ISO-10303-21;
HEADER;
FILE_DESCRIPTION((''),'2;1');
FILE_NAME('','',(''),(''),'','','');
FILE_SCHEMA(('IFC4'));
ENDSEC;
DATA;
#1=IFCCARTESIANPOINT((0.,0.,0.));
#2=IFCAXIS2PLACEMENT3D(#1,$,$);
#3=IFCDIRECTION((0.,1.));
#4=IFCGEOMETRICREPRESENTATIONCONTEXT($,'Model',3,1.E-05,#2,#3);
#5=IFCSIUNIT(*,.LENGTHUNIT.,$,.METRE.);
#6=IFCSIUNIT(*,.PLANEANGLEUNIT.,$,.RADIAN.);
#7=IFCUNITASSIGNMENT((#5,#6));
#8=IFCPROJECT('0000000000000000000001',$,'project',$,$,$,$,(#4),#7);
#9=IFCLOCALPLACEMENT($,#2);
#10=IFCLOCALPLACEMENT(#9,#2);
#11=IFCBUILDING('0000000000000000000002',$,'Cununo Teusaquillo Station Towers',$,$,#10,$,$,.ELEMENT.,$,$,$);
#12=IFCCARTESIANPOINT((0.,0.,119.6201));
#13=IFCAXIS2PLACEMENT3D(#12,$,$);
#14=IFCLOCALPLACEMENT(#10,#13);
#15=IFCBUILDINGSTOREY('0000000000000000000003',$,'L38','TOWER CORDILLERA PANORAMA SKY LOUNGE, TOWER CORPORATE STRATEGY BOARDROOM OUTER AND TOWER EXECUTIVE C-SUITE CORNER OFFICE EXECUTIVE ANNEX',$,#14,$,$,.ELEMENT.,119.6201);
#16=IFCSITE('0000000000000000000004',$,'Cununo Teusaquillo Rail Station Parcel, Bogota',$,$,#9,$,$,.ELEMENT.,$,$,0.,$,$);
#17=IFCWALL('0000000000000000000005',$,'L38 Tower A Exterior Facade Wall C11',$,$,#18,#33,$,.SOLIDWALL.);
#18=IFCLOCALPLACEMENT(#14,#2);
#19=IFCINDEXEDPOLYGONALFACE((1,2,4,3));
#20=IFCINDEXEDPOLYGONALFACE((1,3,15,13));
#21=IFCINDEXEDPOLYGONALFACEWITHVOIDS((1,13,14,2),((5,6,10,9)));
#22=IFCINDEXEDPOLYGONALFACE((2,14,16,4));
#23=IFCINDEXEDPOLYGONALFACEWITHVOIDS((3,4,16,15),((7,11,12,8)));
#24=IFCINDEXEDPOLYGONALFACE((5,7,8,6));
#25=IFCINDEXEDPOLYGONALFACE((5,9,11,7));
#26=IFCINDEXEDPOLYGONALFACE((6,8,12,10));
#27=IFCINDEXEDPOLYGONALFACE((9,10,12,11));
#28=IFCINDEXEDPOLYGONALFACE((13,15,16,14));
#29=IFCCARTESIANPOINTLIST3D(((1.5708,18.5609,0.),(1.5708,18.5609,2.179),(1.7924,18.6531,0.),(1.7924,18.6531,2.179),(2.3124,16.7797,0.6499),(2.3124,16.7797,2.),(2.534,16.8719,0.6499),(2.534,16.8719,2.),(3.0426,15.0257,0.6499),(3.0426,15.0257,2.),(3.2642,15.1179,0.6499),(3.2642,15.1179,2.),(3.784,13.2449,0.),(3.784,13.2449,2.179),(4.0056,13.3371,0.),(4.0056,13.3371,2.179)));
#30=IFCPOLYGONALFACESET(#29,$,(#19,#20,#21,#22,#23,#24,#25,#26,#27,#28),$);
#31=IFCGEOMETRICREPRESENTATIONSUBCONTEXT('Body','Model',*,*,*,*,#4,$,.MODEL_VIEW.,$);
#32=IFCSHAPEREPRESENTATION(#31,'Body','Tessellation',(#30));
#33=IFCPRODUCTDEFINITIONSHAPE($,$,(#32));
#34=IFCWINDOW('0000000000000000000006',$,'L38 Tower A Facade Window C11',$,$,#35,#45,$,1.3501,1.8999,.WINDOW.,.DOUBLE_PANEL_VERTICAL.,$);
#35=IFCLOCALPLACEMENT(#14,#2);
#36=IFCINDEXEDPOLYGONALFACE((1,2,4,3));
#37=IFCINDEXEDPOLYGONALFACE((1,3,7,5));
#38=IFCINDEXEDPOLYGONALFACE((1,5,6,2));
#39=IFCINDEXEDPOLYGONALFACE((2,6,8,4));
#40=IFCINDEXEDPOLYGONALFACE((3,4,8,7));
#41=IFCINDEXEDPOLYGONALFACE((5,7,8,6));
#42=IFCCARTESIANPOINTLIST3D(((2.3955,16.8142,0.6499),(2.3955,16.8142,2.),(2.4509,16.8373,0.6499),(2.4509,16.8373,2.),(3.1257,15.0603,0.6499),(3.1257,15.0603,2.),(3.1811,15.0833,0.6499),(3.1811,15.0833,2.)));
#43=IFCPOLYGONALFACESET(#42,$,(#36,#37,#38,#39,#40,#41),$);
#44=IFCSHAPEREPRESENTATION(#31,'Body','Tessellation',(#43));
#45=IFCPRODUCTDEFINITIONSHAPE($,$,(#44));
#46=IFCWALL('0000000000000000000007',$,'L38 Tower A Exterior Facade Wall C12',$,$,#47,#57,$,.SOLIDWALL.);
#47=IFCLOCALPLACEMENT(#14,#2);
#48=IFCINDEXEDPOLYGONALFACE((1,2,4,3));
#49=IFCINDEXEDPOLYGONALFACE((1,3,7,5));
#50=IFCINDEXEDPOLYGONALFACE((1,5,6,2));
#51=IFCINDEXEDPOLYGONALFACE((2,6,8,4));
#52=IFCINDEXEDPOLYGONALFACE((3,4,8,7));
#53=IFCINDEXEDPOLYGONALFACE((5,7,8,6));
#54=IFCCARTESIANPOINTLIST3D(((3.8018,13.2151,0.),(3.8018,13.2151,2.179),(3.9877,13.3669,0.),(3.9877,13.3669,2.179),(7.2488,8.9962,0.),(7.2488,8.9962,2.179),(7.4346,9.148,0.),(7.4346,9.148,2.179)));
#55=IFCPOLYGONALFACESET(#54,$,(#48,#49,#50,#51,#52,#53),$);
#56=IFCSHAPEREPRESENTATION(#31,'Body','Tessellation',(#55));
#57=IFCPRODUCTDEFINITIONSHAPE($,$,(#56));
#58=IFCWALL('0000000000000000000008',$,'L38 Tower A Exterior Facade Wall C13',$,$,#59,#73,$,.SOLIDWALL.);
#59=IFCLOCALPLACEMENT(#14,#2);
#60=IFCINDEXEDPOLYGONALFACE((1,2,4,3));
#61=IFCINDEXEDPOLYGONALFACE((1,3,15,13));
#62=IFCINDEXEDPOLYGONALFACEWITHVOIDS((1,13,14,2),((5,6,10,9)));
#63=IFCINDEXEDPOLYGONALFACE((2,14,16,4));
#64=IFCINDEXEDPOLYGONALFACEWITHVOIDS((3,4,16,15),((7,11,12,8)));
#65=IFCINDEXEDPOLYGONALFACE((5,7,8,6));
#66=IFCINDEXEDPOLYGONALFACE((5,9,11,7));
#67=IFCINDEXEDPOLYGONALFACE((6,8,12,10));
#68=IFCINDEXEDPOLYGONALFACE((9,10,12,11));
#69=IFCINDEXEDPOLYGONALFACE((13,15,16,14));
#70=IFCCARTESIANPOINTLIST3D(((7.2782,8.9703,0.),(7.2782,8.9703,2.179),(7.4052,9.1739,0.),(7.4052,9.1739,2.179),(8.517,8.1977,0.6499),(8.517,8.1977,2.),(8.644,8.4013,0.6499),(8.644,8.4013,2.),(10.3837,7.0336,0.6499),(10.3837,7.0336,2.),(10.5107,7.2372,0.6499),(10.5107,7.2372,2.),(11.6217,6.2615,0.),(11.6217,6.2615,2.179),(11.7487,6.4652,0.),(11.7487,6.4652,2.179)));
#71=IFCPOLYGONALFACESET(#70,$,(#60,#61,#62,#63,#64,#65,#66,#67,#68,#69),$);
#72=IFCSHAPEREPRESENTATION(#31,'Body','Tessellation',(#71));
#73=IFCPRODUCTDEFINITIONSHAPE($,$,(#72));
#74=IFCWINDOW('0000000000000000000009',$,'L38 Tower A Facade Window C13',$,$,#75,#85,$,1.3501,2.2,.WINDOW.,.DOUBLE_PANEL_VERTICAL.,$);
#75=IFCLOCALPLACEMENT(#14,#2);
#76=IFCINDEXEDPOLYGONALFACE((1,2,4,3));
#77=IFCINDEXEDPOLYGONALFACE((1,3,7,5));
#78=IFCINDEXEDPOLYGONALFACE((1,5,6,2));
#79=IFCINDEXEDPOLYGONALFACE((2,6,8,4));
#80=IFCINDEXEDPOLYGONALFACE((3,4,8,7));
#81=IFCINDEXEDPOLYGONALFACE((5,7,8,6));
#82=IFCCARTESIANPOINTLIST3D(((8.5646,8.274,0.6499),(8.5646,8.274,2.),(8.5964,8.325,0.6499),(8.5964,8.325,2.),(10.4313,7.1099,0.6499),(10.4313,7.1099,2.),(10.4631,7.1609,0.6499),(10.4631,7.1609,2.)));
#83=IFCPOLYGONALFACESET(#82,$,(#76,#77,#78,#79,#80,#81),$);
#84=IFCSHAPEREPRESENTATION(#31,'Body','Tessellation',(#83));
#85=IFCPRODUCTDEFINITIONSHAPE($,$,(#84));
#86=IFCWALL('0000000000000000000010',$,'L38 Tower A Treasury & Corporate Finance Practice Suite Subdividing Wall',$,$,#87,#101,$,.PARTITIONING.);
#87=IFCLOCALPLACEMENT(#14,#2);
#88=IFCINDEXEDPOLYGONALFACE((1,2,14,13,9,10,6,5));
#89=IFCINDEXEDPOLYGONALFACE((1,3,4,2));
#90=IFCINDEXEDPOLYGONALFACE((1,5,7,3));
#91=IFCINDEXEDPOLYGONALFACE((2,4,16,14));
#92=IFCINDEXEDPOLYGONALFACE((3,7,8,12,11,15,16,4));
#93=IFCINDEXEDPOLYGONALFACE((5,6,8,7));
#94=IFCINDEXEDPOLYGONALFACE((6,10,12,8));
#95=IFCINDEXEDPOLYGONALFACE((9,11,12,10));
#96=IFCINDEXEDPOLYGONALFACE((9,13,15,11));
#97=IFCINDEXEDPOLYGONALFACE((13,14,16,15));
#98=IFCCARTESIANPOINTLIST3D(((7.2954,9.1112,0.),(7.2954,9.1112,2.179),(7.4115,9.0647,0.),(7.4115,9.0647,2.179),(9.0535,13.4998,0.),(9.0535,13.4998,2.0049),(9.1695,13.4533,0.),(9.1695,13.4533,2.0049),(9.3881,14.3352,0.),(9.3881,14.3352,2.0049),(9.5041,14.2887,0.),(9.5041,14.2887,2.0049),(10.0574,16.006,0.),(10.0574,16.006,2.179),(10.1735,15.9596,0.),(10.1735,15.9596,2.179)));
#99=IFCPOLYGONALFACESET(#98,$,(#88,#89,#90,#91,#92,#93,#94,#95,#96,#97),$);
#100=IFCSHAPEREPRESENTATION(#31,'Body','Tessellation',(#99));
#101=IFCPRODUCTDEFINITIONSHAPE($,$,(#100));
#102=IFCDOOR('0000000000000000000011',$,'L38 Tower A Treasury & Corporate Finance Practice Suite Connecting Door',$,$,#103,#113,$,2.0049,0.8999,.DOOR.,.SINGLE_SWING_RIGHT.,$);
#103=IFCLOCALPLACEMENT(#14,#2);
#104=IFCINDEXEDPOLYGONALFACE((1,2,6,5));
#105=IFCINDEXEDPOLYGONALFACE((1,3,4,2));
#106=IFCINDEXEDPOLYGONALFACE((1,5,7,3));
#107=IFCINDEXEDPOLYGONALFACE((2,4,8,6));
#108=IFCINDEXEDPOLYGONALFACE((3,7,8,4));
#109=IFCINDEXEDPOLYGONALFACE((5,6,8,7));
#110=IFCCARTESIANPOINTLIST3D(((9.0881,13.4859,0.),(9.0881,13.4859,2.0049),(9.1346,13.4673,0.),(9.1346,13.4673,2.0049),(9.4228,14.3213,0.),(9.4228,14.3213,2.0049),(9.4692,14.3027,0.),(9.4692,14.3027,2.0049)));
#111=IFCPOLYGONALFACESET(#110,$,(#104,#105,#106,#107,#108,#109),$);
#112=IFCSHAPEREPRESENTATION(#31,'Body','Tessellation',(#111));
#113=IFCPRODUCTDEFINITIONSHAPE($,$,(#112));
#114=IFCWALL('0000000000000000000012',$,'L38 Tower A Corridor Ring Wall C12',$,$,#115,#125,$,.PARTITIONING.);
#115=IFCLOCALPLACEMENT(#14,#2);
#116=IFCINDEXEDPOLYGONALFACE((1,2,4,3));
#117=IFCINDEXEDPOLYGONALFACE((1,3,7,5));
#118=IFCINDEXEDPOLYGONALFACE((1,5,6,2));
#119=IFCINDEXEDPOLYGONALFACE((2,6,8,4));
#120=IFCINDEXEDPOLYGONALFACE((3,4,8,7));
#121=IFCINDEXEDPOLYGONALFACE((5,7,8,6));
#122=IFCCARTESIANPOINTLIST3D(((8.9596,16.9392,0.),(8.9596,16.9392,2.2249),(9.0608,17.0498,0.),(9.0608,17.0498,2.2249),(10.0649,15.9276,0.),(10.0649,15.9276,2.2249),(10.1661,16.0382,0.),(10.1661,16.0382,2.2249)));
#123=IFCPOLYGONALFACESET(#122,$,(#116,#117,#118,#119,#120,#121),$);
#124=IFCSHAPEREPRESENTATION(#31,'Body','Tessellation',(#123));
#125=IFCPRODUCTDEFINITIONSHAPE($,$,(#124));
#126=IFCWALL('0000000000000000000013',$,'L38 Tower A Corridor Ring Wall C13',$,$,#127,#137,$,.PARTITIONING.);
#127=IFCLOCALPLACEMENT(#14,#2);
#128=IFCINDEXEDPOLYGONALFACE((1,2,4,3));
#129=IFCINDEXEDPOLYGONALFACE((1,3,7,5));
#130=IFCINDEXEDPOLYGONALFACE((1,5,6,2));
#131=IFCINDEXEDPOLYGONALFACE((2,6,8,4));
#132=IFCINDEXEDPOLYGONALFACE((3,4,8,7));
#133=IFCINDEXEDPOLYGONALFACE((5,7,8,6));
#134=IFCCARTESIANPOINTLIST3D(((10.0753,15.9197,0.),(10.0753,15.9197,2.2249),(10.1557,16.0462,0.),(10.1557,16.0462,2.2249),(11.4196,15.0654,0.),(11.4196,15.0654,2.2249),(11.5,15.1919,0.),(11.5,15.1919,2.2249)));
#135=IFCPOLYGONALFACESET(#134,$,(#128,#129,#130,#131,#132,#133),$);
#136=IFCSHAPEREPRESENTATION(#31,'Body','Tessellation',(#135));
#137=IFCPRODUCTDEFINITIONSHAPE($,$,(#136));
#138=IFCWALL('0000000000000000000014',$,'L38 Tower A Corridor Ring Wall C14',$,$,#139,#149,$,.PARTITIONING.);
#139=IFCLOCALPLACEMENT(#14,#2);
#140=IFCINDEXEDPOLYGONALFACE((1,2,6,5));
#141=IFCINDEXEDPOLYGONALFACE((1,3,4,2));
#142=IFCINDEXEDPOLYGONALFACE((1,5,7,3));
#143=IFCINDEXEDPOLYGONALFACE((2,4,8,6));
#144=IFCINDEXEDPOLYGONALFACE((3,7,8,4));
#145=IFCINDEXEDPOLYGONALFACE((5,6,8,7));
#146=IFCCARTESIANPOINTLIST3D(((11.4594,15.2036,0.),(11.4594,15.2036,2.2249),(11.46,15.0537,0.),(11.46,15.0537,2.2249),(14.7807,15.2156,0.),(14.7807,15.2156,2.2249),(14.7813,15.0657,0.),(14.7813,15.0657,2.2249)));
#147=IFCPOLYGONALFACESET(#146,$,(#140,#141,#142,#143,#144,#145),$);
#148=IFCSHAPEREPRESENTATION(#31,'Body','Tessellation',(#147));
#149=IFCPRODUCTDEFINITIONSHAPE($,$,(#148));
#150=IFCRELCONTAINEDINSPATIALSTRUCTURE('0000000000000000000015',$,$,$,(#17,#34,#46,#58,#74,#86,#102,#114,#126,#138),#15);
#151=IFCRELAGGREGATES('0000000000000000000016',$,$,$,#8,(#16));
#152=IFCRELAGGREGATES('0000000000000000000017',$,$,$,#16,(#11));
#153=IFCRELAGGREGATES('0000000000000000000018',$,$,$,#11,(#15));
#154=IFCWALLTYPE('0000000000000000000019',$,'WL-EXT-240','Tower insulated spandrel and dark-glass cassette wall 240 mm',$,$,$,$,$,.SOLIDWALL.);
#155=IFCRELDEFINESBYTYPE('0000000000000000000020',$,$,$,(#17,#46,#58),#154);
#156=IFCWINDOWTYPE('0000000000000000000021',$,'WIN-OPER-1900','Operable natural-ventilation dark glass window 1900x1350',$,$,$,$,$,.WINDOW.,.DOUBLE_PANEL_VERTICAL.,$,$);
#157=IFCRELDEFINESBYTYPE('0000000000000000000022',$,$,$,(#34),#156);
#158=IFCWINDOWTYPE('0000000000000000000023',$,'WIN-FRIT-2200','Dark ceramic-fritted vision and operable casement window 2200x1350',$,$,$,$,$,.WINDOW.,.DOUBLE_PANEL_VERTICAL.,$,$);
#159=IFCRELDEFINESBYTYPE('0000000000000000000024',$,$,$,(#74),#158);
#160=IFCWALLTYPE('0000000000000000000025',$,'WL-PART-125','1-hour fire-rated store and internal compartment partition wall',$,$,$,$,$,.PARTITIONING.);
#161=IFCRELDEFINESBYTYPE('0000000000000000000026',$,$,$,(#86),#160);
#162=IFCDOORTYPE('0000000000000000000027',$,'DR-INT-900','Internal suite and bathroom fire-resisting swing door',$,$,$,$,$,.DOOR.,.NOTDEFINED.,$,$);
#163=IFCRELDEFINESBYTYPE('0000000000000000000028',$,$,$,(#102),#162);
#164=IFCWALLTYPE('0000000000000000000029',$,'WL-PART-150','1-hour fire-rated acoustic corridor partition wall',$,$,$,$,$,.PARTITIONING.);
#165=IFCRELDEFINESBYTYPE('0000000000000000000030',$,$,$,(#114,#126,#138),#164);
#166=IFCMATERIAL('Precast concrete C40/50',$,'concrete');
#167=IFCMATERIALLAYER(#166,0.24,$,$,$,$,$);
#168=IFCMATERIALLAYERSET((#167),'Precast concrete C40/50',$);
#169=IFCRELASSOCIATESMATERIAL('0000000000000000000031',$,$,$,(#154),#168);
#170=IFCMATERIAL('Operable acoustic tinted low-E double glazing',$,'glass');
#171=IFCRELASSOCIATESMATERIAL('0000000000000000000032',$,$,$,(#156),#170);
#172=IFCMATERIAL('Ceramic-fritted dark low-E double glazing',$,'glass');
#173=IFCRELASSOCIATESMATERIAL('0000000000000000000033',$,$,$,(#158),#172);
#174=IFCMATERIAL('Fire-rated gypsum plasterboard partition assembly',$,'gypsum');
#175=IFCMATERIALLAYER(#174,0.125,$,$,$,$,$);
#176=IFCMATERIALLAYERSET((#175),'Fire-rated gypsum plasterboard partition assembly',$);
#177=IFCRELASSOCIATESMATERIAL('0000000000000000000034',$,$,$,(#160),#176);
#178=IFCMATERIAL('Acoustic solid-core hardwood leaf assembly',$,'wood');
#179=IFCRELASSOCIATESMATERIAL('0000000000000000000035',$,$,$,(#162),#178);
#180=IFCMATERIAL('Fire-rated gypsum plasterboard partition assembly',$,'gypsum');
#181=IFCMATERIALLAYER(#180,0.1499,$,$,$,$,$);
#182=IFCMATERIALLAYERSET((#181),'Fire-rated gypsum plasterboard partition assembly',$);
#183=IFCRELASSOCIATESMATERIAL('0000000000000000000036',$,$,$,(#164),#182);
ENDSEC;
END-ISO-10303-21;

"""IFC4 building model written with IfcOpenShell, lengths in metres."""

from ifc_helpers import new_model, si_unit, direction, frame, frame_2d, origin, place, context, subcontext, project, spatial, rectangle, extrude, source, transform, mapped, material, layer, layer_set, type_object, element, fill, save


model = new_model("IFC4")

# Units and contexts
model_context = context("Model", 3, precision=1e-05, world=origin(), true_north=direction((0.0, 1.0)))
body_context = subcontext(model_context, "Body", "Model", "MODEL_VIEW")
ifc_project = project(units=[si_unit("LENGTHUNIT", "METRE"), si_unit("PLANEANGLEUNIT", "RADIAN")], contexts=[model_context])

# Site, building, storey
site_placement = place(None, origin())
site = spatial("IfcSite", under=ifc_project, at=site_placement, Name="Cununo Teusaquillo Rail Station Parcel, Bogota", CompositionType="ELEMENT", RefElevation=0.0)
building_placement = place(site_placement, origin())
building = spatial("IfcBuilding", under=site, at=building_placement, Name="Cununo Teusaquillo Station Towers", CompositionType="ELEMENT")
storey_placement = place(building_placement, frame((0.0, 0.0, 119.6201)))
storey = spatial("IfcBuildingStorey", under=building, at=storey_placement, Name="L38", Description="TOWER CORDILLERA PANORAMA SKY LOUNGE, TOWER CORPORATE STRATEGY BOARDROOM OUTER AND TOWER EXECUTIVE C-SUITE CORNER OFFICE EXECUTIVE ANNEX", CompositionType="ELEMENT", Elevation=119.6201)

# Wall, opening, window
ifc_material_1 = material(Name="Precast concrete C40/50", Category="concrete")
ifc_layer_1 = layer(ifc_material_1, 0.24)
ifc_layer_set_1 = layer_set([ifc_layer_1], Name="Precast concrete C40/50")
wall_type_1 = type_object("IfcWallType", Name="WL-EXT-240", Description="Tower insulated spandrel and dark-glass cassette wall 240 mm", PredefinedType="SOLIDWALL", material=ifc_layer_set_1)
wall_1_placement = place(storey_placement, frame((3.8948, 13.291, 0.0), z_axis=(0.0, 0.0, 1.0), x_axis=(-0.384344, 0.92319, 0.0)))
wall_1 = element("IfcWall", 1, at=wall_1_placement, inside=storey, type_object=wall_type_1, Name="L38 Tower A Exterior Facade Wall C11", PredefinedType="SOLIDWALL", context=body_context, shape_type="SweptSolid", body=[
    extrude(rectangle(XDim=5.7583, YDim=0.24, at=frame_2d((2.8792, 0.0))), origin(), (0.0, 0.0, 1.0), 2.179),
])
shared_shape_1 = source(origin(), body_context, "Body", "SweptSolid", [
    extrude(rectangle(XDim=1.8999, YDim=1.3501, at=frame_2d((0.95, 0.675))), frame((0.0, 0.1299, 0.0), z_axis=(0.0, -1.0, 0.0), x_axis=(1.0, 0.0, 0.0)), (0.0, 0.0, 1.0), 0.26),
])
opening_1_placement = place(wall_1_placement, frame((1.929, 0.0, 0.6499)))
opening_1 = element("IfcOpeningElement", 2, at=opening_1_placement, cuts=wall_1, PredefinedType="OPENING", context=body_context, shape_type="MappedRepresentation", body=[
    mapped(shared_shape_1, transform((0.0, 0.0, 0.0), x_axis=(1.0, 0.0, 0.0), y_axis=(0.0, 1.0, 0.0), z_axis=(0.0, 0.0, 1.0), scale=1.0)),
])
ifc_material_2 = material(Name="Operable acoustic tinted low-E double glazing", Category="glass")
window_type_1 = type_object("IfcWindowType", Name="WIN-OPER-1900", Description="Operable natural-ventilation dark glass window 1900x1350", PartitioningType="DOUBLE_PANEL_VERTICAL", PredefinedType="WINDOW", material=ifc_material_2)
shared_shape_2 = source(origin(), body_context, "Body", "SweptSolid", [
    extrude(rectangle(XDim=1.8999, YDim=1.3501, at=frame_2d((0.95, 0.675))), frame((0.0, 0.03, 0.0), z_axis=(0.0, -1.0, 0.0), x_axis=(1.0, 0.0, 0.0)), (0.0, 0.0, 1.0), 0.0601),
])
window_1_placement = place(opening_1_placement, origin())
window_1 = element("IfcWindow", 3, at=window_1_placement, inside=storey, type_object=window_type_1, Name="L38 Tower A Facade Window C11", OverallHeight=1.3501, OverallWidth=1.8999, PartitioningType="DOUBLE_PANEL_VERTICAL", PredefinedType="WINDOW", context=body_context, shape_type="MappedRepresentation", body=[
    mapped(shared_shape_2, transform((0.0, 0.0, 0.0), x_axis=(1.0, 0.0, 0.0), y_axis=(0.0, 1.0, 0.0), z_axis=(0.0, 0.0, 1.0), scale=1.0)),
])
fill(opening_1, window_1)

# Wall
wall_2_placement = place(storey_placement, frame((7.3418, 9.072, 0.0), z_axis=(0.0, 0.0, 1.0), x_axis=(-0.632701, 0.774396, 0.0)))
element("IfcWall", 4, at=wall_2_placement, inside=storey, type_object=wall_type_1, Name="L38 Tower A Exterior Facade Wall C12", PredefinedType="SOLIDWALL", context=body_context, shape_type="SweptSolid", body=[
    extrude(rectangle(XDim=5.448, YDim=0.24, at=frame_2d((2.7241, 0.0))), origin(), (0.0, 0.0, 1.0), 2.179),
])

# Wall, opening, window
wall_3_placement = place(storey_placement, frame((11.6853, 6.3633, 0.0), z_axis=(0.0, 0.0, 1.0), x_axis=(-0.84852, 0.529163, 0.0)))
wall_3 = element("IfcWall", 5, at=wall_3_placement, inside=storey, type_object=wall_type_1, Name="L38 Tower A Exterior Facade Wall C13", PredefinedType="SOLIDWALL", context=body_context, shape_type="SweptSolid", body=[
    extrude(rectangle(XDim=5.1189, YDim=0.24, at=frame_2d((2.5596, 0.0))), origin(), (0.0, 0.0, 1.0), 2.179),
])
shared_shape_3 = source(origin(), body_context, "Body", "SweptSolid", [
    extrude(rectangle(XDim=2.2, YDim=1.3501, at=frame_2d((1.1001, 0.675))), frame((0.0, 0.1299, 0.0), z_axis=(0.0, -1.0, 0.0), x_axis=(1.0, 0.0, 0.0)), (0.0, 0.0, 1.0), 0.26),
])
opening_2_placement = place(wall_3_placement, frame((1.459, 0.0, 0.6499)))
opening_2 = element("IfcOpeningElement", 6, at=opening_2_placement, cuts=wall_3, PredefinedType="OPENING", context=body_context, shape_type="MappedRepresentation", body=[
    mapped(shared_shape_3, transform((0.0, 0.0, 0.0), x_axis=(1.0, 0.0, 0.0), y_axis=(0.0, 1.0, 0.0), z_axis=(0.0, 0.0, 1.0), scale=1.0)),
])
ifc_material_3 = material(Name="Ceramic-fritted dark low-E double glazing", Category="glass")
window_type_2 = type_object("IfcWindowType", Name="WIN-FRIT-2200", Description="Dark ceramic-fritted vision and operable casement window 2200x1350", PartitioningType="DOUBLE_PANEL_VERTICAL", PredefinedType="WINDOW", material=ifc_material_3)
shared_shape_4 = source(origin(), body_context, "Body", "SweptSolid", [
    extrude(rectangle(XDim=2.2, YDim=1.3501, at=frame_2d((1.1001, 0.675))), frame((0.0, 0.03, 0.0), z_axis=(0.0, -1.0, 0.0), x_axis=(1.0, 0.0, 0.0)), (0.0, 0.0, 1.0), 0.0601),
])
window_2_placement = place(opening_2_placement, origin())
window_2 = element("IfcWindow", 7, at=window_2_placement, inside=storey, type_object=window_type_2, Name="L38 Tower A Facade Window C13", OverallHeight=1.3501, OverallWidth=2.2, PartitioningType="DOUBLE_PANEL_VERTICAL", PredefinedType="WINDOW", context=body_context, shape_type="MappedRepresentation", body=[
    mapped(shared_shape_4, transform((0.0, 0.0, 0.0), x_axis=(1.0, 0.0, 0.0), y_axis=(0.0, 1.0, 0.0), z_axis=(0.0, 0.0, 1.0), scale=1.0)),
])
fill(opening_2, window_2)

# Wall, opening, door
ifc_material_4 = material(Name="Fire-rated gypsum plasterboard partition assembly", Category="gypsum")
ifc_layer_2 = layer(ifc_material_4, 0.125)
ifc_layer_set_2 = layer_set([ifc_layer_2], Name="Fire-rated gypsum plasterboard partition assembly")
wall_type_2 = type_object("IfcWallType", Name="WL-PART-125", Description="1-hour fire-rated store and internal compartment partition wall", PredefinedType="PARTITIONING", material=ifc_layer_set_2)
wall_4_placement = place(storey_placement, frame((10.1155, 15.9829, 0.0), z_axis=(0.0, 0.0, 1.0), x_axis=(-0.371861, -0.928288, 0.0)))
wall_4 = element("IfcWall", 8, at=wall_4_placement, inside=storey, type_object=wall_type_2, Name="L38 Tower A Treasury & Corporate Finance Practice Suite Subdividing Wall", PredefinedType="PARTITIONING", context=body_context, shape_type="SweptSolid", body=[
    extrude(rectangle(XDim=7.4275, YDim=0.125, at=frame_2d((3.7139, 0.0))), origin(), (0.0, 0.0, 1.0), 2.179),
])
shared_shape_5 = source(origin(), body_context, "Body", "SweptSolid", [
    extrude(rectangle(XDim=0.8999, YDim=2.0049, at=frame_2d((0.45, 1.0024))), frame((0.0, 0.0725, 0.0), z_axis=(0.0, -1.0, 0.0), x_axis=(1.0, 0.0, 0.0)), (0.0, 0.0, 1.0), 0.145),
])
opening_3_placement = place(wall_4_placement, frame((1.8, 0.0, 0.0)))
opening_3 = element("IfcOpeningElement", 9, at=opening_3_placement, cuts=wall_4, PredefinedType="OPENING", context=body_context, shape_type="MappedRepresentation", body=[
    mapped(shared_shape_5, transform((0.0, 0.0, 0.0), x_axis=(1.0, 0.0, 0.0), y_axis=(0.0, 1.0, 0.0), z_axis=(0.0, 0.0, 1.0), scale=1.0)),
])
ifc_material_5 = material(Name="Acoustic solid-core hardwood leaf assembly", Category="wood")
door_type = type_object("IfcDoorType", Name="DR-INT-900", Description="Internal suite and bathroom fire-resisting swing door", OperationType="NOTDEFINED", PredefinedType="DOOR", material=ifc_material_5)
shared_shape_6 = source(origin(), body_context, "Body", "SweptSolid", [
    extrude(rectangle(XDim=0.8999, YDim=2.0049, at=frame_2d((0.45, 1.0024))), frame((0.0, 0.0249, 0.0), z_axis=(0.0, -1.0, 0.0), x_axis=(1.0, 0.0, 0.0)), (0.0, 0.0, 1.0), 0.05),
])
door_placement = place(opening_3_placement, origin())
door = element("IfcDoor", 10, at=door_placement, inside=storey, type_object=door_type, Name="L38 Tower A Treasury & Corporate Finance Practice Suite Connecting Door", OperationType="SINGLE_SWING_RIGHT", OverallHeight=2.0049, OverallWidth=0.8999, PredefinedType="DOOR", context=body_context, shape_type="MappedRepresentation", body=[
    mapped(shared_shape_6, transform((0.0, 0.0, 0.0), x_axis=(1.0, 0.0, 0.0), y_axis=(0.0, 1.0, 0.0), z_axis=(0.0, 0.0, 1.0), scale=1.0)),
])
fill(opening_3, door)

# Walls
ifc_material_6 = material(Name="Fire-rated gypsum plasterboard partition assembly", Category="gypsum")
ifc_layer_3 = layer(ifc_material_6, 0.1499)
ifc_layer_set_3 = layer_set([ifc_layer_3], Name="Fire-rated gypsum plasterboard partition assembly")
wall_type_3 = type_object("IfcWallType", Name="WL-PART-150", Description="1-hour fire-rated acoustic corridor partition wall", PredefinedType="PARTITIONING", material=ifc_layer_set_3)
wall_5_placement = place(storey_placement, frame((9.0103, 16.9944, 0.0), z_axis=(0.0, 0.0, 1.0), x_axis=(0.737702, -0.675127, 0.0)))
element("IfcWall", 11, at=wall_5_placement, inside=storey, type_object=wall_type_3, Name="L38 Tower A Corridor Ring Wall C12", PredefinedType="PARTITIONING", context=body_context, shape_type="SweptSolid", body=[
    extrude(rectangle(XDim=1.4983, YDim=0.1499, at=frame_2d((0.749, 0.0))), origin(), (0.0, 0.0, 1.0), 2.2249),
])
wall_6_placement = place(storey_placement, frame((10.1155, 15.9829, 0.0), z_axis=(0.0, 0.0, 1.0), x_axis=(0.843996, -0.53635, 0.0)))
element("IfcWall", 12, at=wall_6_placement, inside=storey, type_object=wall_type_3, Name="L38 Tower A Corridor Ring Wall C13", PredefinedType="PARTITIONING", context=body_context, shape_type="SweptSolid", body=[
    extrude(rectangle(XDim=1.5928, YDim=0.1499, at=frame_2d((0.7964, 0.0))), origin(), (0.0, 0.0, 1.0), 2.2249),
])
wall_7_placement = place(storey_placement, frame((11.4597, 15.1287, 0.0), z_axis=(0.0, 0.0, 1.0), x_axis=(0.999994, 0.003602, 0.0)))
element("IfcWall", 13, at=wall_7_placement, inside=storey, type_object=wall_type_3, Name="L38 Tower A Corridor Ring Wall C14", PredefinedType="PARTITIONING", context=body_context, shape_type="SweptSolid", body=[
    extrude(rectangle(XDim=3.3213, YDim=0.1499, at=frame_2d((1.6606, 0.0))), origin(), (0.0, 0.0, 1.0), 2.2249),
])

save(model, "model.ifc")
